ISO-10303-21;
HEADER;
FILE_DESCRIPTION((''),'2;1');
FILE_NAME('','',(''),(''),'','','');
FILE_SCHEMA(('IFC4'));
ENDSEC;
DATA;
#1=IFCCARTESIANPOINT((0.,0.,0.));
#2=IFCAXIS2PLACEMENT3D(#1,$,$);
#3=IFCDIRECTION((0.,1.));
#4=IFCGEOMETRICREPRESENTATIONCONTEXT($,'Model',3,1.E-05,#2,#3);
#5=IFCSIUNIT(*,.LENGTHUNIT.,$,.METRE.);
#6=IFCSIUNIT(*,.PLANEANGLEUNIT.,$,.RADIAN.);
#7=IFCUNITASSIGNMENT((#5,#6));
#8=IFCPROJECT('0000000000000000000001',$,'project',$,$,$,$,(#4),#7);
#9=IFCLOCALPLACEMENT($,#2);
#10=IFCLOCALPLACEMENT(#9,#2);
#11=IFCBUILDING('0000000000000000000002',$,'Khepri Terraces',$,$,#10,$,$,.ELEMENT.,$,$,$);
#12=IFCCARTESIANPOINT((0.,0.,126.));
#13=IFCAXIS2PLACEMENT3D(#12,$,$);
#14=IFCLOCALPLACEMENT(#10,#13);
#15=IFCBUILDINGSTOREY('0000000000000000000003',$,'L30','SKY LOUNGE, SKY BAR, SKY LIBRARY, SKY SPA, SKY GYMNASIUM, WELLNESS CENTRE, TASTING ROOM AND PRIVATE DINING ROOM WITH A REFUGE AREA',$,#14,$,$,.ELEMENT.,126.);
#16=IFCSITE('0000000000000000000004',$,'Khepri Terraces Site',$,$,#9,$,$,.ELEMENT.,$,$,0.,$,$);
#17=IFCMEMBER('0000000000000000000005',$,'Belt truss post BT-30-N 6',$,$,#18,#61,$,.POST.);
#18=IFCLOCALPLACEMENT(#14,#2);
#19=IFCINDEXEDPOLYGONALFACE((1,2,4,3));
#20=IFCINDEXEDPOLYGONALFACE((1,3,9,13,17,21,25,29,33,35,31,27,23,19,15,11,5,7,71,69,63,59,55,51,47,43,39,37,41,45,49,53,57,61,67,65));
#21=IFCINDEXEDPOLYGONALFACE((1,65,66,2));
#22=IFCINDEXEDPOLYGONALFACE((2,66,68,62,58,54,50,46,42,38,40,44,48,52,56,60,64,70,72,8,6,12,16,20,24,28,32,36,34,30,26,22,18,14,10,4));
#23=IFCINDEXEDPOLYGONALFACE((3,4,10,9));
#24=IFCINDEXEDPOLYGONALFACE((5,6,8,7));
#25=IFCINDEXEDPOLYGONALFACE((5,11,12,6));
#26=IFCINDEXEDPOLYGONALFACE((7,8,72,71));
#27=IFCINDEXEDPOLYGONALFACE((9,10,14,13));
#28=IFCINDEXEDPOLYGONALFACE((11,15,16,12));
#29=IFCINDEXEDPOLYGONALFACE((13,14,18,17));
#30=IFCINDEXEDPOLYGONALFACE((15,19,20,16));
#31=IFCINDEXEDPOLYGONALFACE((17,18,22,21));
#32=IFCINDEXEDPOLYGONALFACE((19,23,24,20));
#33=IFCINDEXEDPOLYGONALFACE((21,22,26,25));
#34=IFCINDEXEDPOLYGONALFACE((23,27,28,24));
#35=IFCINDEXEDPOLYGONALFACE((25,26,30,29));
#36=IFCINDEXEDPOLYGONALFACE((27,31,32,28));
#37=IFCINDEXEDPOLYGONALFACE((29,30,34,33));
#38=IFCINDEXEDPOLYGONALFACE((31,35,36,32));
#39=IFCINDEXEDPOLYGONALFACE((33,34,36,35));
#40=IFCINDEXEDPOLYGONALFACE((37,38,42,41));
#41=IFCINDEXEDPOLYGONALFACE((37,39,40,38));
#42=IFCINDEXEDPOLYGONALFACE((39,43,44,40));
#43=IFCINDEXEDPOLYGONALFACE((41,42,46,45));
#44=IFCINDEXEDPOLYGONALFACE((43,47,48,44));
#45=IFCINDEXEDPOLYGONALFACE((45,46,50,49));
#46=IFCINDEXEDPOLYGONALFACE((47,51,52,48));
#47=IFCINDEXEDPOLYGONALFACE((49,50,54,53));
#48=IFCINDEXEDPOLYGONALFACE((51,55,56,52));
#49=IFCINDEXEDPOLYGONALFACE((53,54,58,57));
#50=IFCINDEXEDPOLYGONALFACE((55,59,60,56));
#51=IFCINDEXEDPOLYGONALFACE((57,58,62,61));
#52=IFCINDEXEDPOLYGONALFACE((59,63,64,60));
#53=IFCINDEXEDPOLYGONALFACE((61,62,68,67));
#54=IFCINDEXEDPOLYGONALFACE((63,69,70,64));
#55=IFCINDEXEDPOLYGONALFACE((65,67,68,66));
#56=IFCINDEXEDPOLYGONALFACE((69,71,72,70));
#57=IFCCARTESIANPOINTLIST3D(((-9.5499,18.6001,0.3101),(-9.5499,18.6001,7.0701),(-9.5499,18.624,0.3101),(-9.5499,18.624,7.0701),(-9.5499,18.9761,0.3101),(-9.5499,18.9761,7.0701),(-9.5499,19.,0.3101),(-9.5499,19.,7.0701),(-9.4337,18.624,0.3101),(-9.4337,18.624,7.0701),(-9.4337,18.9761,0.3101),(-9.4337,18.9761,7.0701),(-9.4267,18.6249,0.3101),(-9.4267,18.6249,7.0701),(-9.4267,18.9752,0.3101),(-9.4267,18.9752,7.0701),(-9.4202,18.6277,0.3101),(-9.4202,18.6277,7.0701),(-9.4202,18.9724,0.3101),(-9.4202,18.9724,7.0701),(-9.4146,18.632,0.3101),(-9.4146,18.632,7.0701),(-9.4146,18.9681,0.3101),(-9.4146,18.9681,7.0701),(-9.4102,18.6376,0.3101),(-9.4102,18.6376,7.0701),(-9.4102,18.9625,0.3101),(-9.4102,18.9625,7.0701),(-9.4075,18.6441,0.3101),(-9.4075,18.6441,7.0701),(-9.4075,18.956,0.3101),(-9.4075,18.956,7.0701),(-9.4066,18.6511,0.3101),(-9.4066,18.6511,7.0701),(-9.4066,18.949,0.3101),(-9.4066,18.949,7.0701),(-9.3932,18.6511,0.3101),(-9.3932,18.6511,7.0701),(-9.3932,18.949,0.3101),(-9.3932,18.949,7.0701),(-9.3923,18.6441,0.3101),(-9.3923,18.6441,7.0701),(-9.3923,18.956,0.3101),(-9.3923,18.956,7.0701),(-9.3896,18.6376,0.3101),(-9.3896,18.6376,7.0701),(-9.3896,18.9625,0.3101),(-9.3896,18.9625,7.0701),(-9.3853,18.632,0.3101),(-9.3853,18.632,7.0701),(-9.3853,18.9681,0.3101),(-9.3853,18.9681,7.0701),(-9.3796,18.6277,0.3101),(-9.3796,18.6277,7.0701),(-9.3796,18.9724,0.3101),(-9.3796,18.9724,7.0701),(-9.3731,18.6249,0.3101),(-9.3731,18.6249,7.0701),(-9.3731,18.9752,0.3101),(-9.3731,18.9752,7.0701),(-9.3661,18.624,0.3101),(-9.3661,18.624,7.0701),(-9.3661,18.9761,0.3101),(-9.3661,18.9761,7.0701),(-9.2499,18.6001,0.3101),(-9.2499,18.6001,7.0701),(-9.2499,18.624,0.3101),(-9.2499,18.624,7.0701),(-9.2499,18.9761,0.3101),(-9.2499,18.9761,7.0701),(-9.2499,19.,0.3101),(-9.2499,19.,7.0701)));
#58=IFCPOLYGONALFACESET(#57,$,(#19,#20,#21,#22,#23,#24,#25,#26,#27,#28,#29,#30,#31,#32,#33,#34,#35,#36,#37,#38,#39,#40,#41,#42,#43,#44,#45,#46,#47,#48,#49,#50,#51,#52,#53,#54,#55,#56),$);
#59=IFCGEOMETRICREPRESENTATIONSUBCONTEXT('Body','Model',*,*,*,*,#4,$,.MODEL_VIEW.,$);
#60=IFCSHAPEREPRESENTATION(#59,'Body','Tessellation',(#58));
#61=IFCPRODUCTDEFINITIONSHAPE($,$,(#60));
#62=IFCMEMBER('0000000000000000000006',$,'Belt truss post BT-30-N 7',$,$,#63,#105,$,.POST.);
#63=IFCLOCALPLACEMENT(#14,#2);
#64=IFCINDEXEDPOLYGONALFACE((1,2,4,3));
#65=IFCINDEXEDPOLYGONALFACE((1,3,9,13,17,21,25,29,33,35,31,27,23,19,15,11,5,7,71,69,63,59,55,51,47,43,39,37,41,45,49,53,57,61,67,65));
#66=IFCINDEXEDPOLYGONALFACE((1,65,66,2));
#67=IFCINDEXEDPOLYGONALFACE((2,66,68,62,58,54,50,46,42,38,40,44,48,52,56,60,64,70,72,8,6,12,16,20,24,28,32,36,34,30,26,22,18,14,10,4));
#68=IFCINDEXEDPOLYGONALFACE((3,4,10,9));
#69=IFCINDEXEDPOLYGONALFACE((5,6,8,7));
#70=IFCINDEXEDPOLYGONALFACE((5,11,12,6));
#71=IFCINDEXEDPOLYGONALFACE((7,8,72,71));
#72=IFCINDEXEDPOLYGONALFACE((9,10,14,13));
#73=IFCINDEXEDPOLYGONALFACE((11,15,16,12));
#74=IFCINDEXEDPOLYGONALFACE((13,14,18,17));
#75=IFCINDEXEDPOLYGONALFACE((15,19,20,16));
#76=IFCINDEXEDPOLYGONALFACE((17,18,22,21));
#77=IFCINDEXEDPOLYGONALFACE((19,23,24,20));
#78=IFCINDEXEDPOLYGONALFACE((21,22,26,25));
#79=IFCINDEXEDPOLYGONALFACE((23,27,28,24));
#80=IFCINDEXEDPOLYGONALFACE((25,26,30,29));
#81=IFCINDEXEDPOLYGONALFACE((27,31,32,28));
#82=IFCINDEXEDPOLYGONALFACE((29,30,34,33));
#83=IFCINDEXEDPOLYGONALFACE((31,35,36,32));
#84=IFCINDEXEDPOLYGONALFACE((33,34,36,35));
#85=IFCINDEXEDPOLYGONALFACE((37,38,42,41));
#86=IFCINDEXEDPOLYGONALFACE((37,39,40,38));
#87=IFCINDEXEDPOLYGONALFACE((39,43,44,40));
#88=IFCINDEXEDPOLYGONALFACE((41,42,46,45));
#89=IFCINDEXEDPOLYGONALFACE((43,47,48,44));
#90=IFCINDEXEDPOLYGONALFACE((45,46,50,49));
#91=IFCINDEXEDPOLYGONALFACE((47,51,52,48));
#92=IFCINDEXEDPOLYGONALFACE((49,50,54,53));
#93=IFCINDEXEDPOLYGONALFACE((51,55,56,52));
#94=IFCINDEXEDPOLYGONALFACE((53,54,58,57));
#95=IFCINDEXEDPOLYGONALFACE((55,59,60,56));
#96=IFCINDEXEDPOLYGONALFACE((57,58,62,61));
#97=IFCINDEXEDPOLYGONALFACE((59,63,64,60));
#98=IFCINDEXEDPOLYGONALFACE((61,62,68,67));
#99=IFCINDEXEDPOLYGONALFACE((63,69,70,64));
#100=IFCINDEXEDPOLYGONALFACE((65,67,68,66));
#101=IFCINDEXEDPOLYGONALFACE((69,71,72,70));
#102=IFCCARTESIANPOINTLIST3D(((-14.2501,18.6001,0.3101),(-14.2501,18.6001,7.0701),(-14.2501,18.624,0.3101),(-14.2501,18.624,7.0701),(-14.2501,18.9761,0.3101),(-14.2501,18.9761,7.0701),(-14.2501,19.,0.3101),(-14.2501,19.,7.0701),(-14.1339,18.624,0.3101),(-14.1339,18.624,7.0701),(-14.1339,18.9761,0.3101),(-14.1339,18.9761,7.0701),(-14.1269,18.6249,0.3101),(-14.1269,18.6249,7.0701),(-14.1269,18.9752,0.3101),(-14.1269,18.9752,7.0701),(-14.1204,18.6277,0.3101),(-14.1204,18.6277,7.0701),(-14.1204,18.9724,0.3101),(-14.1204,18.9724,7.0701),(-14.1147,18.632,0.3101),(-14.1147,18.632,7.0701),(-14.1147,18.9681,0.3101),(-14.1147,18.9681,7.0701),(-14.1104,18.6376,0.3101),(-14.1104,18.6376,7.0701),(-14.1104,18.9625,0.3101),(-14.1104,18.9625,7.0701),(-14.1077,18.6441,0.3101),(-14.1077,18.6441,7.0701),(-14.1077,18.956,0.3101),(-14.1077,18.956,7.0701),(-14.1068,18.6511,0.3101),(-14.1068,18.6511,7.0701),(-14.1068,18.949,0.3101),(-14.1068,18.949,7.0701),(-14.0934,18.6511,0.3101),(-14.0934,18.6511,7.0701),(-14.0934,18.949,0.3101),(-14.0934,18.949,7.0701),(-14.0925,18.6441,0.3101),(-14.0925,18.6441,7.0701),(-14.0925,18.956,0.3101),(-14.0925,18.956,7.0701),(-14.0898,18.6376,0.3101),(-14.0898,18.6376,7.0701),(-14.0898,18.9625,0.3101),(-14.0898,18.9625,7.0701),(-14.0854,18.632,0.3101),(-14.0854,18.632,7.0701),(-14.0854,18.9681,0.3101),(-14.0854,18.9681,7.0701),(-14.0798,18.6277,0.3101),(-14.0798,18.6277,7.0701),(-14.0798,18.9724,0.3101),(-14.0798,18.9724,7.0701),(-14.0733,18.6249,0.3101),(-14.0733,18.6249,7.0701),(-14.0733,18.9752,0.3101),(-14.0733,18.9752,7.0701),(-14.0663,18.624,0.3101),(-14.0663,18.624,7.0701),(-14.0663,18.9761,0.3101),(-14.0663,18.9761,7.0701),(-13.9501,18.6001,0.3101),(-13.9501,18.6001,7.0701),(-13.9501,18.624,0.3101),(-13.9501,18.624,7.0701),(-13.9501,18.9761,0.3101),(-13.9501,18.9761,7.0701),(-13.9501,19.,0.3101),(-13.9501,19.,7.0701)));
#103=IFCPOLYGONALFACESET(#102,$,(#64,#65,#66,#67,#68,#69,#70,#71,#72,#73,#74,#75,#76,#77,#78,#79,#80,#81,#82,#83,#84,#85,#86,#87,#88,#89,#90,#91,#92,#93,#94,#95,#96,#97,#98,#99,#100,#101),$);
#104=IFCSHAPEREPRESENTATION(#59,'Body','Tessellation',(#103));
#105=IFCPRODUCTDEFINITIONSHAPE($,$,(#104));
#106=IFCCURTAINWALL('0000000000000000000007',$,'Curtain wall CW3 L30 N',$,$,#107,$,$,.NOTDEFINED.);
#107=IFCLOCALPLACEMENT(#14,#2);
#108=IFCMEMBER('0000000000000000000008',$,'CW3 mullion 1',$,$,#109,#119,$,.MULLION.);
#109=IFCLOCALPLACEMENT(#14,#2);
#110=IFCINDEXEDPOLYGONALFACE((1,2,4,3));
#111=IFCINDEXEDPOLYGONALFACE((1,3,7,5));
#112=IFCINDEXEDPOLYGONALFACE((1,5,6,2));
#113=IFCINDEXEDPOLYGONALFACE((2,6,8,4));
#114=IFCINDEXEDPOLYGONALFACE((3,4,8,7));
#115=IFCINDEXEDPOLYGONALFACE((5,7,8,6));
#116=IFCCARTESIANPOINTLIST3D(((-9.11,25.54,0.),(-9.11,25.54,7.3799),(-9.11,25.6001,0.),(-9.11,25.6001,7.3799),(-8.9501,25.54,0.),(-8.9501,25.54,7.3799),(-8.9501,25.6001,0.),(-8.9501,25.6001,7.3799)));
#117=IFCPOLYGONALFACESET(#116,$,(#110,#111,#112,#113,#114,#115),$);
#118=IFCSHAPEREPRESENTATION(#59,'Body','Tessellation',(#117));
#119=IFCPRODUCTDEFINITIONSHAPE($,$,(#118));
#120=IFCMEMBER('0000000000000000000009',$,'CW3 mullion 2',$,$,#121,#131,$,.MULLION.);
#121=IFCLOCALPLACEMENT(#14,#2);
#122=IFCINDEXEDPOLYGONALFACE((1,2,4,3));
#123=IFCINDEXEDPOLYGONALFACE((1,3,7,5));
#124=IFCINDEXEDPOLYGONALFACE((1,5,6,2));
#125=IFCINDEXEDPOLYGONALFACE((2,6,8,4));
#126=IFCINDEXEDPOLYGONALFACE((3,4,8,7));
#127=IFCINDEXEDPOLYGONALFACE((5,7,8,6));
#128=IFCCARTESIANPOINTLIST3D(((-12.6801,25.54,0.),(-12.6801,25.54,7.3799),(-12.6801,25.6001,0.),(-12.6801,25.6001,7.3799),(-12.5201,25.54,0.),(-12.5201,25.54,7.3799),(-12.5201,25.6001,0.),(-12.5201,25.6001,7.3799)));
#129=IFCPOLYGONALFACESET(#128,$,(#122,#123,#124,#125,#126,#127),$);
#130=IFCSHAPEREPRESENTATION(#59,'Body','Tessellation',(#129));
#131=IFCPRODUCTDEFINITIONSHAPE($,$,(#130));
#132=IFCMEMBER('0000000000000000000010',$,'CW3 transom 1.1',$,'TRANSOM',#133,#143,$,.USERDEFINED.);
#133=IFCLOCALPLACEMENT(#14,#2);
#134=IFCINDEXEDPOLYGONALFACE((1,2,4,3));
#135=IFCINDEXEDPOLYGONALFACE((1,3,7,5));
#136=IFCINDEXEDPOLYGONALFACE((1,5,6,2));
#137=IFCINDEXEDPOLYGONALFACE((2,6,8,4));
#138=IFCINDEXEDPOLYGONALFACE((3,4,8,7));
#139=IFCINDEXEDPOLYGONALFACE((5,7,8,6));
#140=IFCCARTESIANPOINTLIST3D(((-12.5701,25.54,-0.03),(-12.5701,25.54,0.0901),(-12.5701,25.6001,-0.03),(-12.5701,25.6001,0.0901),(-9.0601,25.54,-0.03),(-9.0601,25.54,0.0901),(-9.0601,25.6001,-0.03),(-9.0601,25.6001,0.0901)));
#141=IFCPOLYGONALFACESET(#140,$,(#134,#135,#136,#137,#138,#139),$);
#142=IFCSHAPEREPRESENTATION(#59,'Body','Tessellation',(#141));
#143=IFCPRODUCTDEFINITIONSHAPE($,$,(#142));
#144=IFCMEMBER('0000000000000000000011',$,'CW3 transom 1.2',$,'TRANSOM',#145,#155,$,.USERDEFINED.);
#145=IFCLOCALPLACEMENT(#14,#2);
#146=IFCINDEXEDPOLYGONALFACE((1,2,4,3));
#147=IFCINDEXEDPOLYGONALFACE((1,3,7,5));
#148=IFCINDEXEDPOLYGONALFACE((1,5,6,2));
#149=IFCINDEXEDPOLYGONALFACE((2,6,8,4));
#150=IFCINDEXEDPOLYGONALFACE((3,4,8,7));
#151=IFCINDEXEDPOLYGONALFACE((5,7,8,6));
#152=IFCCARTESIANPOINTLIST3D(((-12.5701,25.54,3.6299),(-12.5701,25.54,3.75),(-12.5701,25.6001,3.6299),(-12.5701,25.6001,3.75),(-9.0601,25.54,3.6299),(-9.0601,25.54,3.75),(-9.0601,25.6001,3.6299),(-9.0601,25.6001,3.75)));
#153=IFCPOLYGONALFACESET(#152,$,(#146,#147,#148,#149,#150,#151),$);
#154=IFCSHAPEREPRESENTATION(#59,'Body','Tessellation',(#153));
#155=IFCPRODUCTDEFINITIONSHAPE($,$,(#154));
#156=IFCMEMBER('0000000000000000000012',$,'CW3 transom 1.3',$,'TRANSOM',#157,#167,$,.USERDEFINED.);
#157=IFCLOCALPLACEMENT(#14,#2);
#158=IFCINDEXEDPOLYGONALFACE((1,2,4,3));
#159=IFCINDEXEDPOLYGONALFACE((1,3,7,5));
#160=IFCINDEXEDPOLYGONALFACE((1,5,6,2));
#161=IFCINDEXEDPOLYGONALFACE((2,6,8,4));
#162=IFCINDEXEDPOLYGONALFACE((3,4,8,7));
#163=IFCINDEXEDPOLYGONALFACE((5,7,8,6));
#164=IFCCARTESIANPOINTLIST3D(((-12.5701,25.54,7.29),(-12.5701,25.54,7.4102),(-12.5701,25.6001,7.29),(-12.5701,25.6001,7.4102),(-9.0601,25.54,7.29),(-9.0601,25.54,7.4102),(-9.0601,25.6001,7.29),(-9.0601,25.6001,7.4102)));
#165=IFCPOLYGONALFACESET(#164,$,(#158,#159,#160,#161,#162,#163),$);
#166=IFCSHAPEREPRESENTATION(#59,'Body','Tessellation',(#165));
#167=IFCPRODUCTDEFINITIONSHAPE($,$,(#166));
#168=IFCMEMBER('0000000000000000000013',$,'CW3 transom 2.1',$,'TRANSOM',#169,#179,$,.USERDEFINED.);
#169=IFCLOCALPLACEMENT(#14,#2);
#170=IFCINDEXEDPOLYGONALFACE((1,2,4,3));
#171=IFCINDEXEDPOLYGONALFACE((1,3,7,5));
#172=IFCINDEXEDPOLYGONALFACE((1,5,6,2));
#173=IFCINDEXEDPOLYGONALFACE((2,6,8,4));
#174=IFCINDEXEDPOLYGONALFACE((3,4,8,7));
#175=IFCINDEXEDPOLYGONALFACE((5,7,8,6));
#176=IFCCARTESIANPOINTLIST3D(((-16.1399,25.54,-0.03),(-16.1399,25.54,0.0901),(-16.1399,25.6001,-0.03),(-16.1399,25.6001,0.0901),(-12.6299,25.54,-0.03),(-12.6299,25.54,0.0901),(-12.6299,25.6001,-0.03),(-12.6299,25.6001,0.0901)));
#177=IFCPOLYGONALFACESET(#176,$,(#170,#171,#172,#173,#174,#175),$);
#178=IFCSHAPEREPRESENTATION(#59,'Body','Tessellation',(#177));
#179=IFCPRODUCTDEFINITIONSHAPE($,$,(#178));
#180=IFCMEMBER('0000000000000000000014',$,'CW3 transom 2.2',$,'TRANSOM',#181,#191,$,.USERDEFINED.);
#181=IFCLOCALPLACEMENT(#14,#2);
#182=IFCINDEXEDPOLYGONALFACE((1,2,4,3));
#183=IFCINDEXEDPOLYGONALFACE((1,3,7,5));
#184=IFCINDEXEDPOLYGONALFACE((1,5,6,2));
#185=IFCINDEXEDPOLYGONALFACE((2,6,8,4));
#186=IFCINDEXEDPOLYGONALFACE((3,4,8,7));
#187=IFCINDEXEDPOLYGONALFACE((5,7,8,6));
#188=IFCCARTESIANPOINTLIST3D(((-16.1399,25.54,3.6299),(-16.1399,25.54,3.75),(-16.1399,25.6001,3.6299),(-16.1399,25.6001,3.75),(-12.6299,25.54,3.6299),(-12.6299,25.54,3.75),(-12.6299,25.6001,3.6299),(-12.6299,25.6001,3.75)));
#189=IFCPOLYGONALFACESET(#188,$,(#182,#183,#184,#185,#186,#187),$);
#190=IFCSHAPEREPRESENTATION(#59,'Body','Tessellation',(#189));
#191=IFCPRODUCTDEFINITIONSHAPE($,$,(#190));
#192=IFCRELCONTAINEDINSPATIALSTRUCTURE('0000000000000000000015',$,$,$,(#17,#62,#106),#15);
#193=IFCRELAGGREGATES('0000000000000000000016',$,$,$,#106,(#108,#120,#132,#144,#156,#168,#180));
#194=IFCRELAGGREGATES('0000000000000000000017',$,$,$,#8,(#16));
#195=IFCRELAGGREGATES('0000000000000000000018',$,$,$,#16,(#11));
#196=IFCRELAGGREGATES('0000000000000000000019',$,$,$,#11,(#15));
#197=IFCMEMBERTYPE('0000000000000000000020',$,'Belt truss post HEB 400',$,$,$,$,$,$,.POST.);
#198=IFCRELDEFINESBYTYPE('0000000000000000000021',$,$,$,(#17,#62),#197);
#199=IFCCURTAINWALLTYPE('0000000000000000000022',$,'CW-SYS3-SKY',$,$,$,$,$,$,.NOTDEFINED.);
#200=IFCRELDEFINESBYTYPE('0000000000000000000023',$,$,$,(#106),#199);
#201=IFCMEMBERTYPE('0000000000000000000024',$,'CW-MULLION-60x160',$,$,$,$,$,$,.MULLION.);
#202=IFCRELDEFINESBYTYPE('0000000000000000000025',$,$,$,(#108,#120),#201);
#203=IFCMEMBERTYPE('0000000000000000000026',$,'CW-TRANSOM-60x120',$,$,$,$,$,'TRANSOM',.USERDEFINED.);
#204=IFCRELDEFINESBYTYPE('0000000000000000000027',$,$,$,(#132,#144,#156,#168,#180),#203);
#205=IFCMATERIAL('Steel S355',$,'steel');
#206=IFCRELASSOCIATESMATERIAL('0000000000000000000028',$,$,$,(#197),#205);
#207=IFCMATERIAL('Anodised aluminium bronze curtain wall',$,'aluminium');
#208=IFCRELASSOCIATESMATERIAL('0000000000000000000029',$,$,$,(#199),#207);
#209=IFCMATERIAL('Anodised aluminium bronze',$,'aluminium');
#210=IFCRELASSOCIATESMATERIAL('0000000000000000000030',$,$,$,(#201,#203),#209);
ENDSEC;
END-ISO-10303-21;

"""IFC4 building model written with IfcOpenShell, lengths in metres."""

from ifc_helpers import new_model, si_unit, direction, frame, origin, origin_2d, place, context, subcontext, project, spatial, rectangle, i_section, extrude, material, material_profile, profile_set, type_object, element, aggregate, save


model = new_model("IFC4")

# Units and contexts
model_context = context("Model", 3, precision=1e-05, world=origin(), true_north=direction((0.0, 1.0)))
body_context = subcontext(model_context, "Body", "Model", "MODEL_VIEW")
ifc_project = project(units=[si_unit("LENGTHUNIT", "METRE"), si_unit("PLANEANGLEUNIT", "RADIAN")], contexts=[model_context])

# Site, building, storey
site_placement = place(None, origin())
site = spatial("IfcSite", under=ifc_project, at=site_placement, Name="Khepri Terraces Site", CompositionType="ELEMENT", RefElevation=0.0)
building_placement = place(site_placement, origin())
building = spatial("IfcBuilding", under=site, at=building_placement, Name="Khepri Terraces", CompositionType="ELEMENT")
storey_placement = place(building_placement, frame((0.0, 0.0, 126.0)))
storey = spatial("IfcBuildingStorey", under=building, at=storey_placement, Name="L30", Description="SKY LOUNGE, SKY BAR, SKY LIBRARY, SKY SPA, SKY GYMNASIUM, WELLNESS CENTRE, TASTING ROOM AND PRIVATE DINING ROOM WITH A REFUGE AREA", CompositionType="ELEMENT", Elevation=126.0)

# Members
ifc_material_1 = material(Name="Steel S355", Category="steel")
ifc_material_profile_1 = material_profile(ifc_material_1, i_section(OverallWidth=0.3, OverallDepth=0.3999, WebThickness=0.0134, FlangeThickness=0.0239, FilletRadius=0.0271, at=origin_2d()), Name="Steel S355", Category="steel")
ifc_profile_set_1 = profile_set([ifc_material_profile_1], Name="Steel S355")
member_type_1 = type_object("IfcMemberType", Name="Belt truss post HEB 400", PredefinedType="POST", material=ifc_profile_set_1)
for number, where, z_axis, x_axis, name in (
    (1, (-9.3999, 18.8, 0.3101), (0.0, 0.0, 1.0), (1.0, 0.0, 0.0), "Belt truss post BT-30-N 6"),
    (2, (-14.1001, 18.8, 0.3101), (0.0, 0.0, 1.0), (1.0, 0.0, 0.0), "Belt truss post BT-30-N 7"),
):
    element("IfcMember", number, at=place(storey_placement, frame(where, z_axis=z_axis, x_axis=x_axis)), inside=storey, type_object=member_type_1, Name=name, PredefinedType="POST", context=body_context, shape_type="SweptSolid", body=[
        extrude(i_section(OverallWidth=0.3, OverallDepth=0.3999, WebThickness=0.0134, FlangeThickness=0.0239, FilletRadius=0.0271, at=origin_2d()), origin(), (0.0, 0.0, 1.0), 6.76),
    ])

# Curtain wall, members
ifc_material_2 = material(Name="Anodised aluminium bronze curtain wall", Category="aluminium")
curtain_wall_type = type_object("IfcCurtainWallType", Name="CW-SYS3-SKY", PredefinedType="NOTDEFINED", material=ifc_material_2)
curtain_wall_placement = place(storey_placement, origin())
curtain_wall = element("IfcCurtainWall", 3, at=curtain_wall_placement, inside=storey, type_object=curtain_wall_type, Name="Curtain wall CW3 L30 N", PredefinedType="NOTDEFINED")
ifc_material_3 = material(Name="Anodised aluminium bronze", Category="aluminium")
ifc_material_profile_2 = material_profile(ifc_material_3, rectangle(XDim=0.0601, YDim=0.1599, at=origin_2d()), Name="Anodised aluminium bronze", Category="aluminium")
ifc_profile_set_2 = profile_set([ifc_material_profile_2], Name="Anodised aluminium bronze")
member_type_2 = type_object("IfcMemberType", Name="CW-MULLION-60x160", PredefinedType="MULLION", material=ifc_profile_set_2)
member_1_placement = place(storey_placement, frame((-9.03, 25.5701, 0.0), z_axis=(0.0, 0.0, 1.0), x_axis=(0.0, -1.0, 0.0)))
member_1 = element("IfcMember", 4, at=member_1_placement, type_object=member_type_2, Name="CW3 mullion 1", PredefinedType="MULLION", context=body_context, shape_type="SweptSolid", body=[
    extrude(rectangle(XDim=0.0601, YDim=0.1599, at=origin_2d()), origin(), (0.0, 0.0, 1.0), 7.3799),
])
member_2_placement = place(storey_placement, frame((-12.6001, 25.5701, 0.0), z_axis=(0.0, 0.0, 1.0), x_axis=(0.0, -1.0, 0.0)))
member_2 = element("IfcMember", 5, at=member_2_placement, type_object=member_type_2, Name="CW3 mullion 2", PredefinedType="MULLION", context=body_context, shape_type="SweptSolid", body=[
    extrude(rectangle(XDim=0.0601, YDim=0.1599, at=origin_2d()), origin(), (0.0, 0.0, 1.0), 7.3799),
])
ifc_material_profile_3 = material_profile(ifc_material_3, rectangle(XDim=0.0601, YDim=0.1201, at=origin_2d()), Name="Anodised aluminium bronze", Category="aluminium")
ifc_profile_set_3 = profile_set([ifc_material_profile_3], Name="Anodised aluminium bronze")
member_type_3 = type_object("IfcMemberType", Name="CW-TRANSOM-60x120", ElementType="TRANSOM", PredefinedType="USERDEFINED", material=ifc_profile_set_3)
member_3_placement = place(storey_placement, frame((-9.0601, 25.5701, 0.03), z_axis=(-1.0, 0.0, 0.0), x_axis=(0.0, -1.0, 0.0)))
member_3 = element("IfcMember", 6, at=member_3_placement, type_object=member_type_3, Name="CW3 transom 1.1", ObjectType="TRANSOM", PredefinedType="USERDEFINED", context=body_context, shape_type="SweptSolid", body=[
    extrude(rectangle(XDim=0.0601, YDim=0.1201, at=origin_2d()), origin(), (0.0, 0.0, 1.0), 3.51),
])
member_4_placement = place(storey_placement, frame((-9.0601, 25.5701, 3.6899), z_axis=(-1.0, 0.0, 0.0), x_axis=(0.0, -1.0, 0.0)))
member_4 = element("IfcMember", 7, at=member_4_placement, type_object=member_type_3, Name="CW3 transom 1.2", ObjectType="TRANSOM", PredefinedType="USERDEFINED", context=body_context, shape_type="SweptSolid", body=[
    extrude(rectangle(XDim=0.0601, YDim=0.1201, at=origin_2d()), origin(), (0.0, 0.0, 1.0), 3.51),
])
member_5_placement = place(storey_placement, frame((-9.0601, 25.5701, 7.3501), z_axis=(-1.0, 0.0, 0.0), x_axis=(0.0, -1.0, 0.0)))
member_5 = element("IfcMember", 8, at=member_5_placement, type_object=member_type_3, Name="CW3 transom 1.3", ObjectType="TRANSOM", PredefinedType="USERDEFINED", context=body_context, shape_type="SweptSolid", body=[
    extrude(rectangle(XDim=0.0601, YDim=0.1201, at=origin_2d()), origin(), (0.0, 0.0, 1.0), 3.51),
])
member_6_placement = place(storey_placement, frame((-12.6299, 25.5701, 0.03), z_axis=(-1.0, 0.0, 0.0), x_axis=(0.0, -1.0, 0.0)))
member_6 = element("IfcMember", 9, at=member_6_placement, type_object=member_type_3, Name="CW3 transom 2.1", ObjectType="TRANSOM", PredefinedType="USERDEFINED", context=body_context, shape_type="SweptSolid", body=[
    extrude(rectangle(XDim=0.0601, YDim=0.1201, at=origin_2d()), origin(), (0.0, 0.0, 1.0), 3.51),
])
member_7_placement = place(storey_placement, frame((-12.6299, 25.5701, 3.6899), z_axis=(-1.0, 0.0, 0.0), x_axis=(0.0, -1.0, 0.0)))
member_7 = element("IfcMember", 10, at=member_7_placement, type_object=member_type_3, Name="CW3 transom 2.2", ObjectType="TRANSOM", PredefinedType="USERDEFINED", context=body_context, shape_type="SweptSolid", body=[
    extrude(rectangle(XDim=0.0601, YDim=0.1201, at=origin_2d()), origin(), (0.0, 0.0, 1.0), 3.51),
])

aggregate(curtain_wall, [member_1, member_2, member_3, member_4, member_5, member_6, member_7])

save(model, "model.ifc")
